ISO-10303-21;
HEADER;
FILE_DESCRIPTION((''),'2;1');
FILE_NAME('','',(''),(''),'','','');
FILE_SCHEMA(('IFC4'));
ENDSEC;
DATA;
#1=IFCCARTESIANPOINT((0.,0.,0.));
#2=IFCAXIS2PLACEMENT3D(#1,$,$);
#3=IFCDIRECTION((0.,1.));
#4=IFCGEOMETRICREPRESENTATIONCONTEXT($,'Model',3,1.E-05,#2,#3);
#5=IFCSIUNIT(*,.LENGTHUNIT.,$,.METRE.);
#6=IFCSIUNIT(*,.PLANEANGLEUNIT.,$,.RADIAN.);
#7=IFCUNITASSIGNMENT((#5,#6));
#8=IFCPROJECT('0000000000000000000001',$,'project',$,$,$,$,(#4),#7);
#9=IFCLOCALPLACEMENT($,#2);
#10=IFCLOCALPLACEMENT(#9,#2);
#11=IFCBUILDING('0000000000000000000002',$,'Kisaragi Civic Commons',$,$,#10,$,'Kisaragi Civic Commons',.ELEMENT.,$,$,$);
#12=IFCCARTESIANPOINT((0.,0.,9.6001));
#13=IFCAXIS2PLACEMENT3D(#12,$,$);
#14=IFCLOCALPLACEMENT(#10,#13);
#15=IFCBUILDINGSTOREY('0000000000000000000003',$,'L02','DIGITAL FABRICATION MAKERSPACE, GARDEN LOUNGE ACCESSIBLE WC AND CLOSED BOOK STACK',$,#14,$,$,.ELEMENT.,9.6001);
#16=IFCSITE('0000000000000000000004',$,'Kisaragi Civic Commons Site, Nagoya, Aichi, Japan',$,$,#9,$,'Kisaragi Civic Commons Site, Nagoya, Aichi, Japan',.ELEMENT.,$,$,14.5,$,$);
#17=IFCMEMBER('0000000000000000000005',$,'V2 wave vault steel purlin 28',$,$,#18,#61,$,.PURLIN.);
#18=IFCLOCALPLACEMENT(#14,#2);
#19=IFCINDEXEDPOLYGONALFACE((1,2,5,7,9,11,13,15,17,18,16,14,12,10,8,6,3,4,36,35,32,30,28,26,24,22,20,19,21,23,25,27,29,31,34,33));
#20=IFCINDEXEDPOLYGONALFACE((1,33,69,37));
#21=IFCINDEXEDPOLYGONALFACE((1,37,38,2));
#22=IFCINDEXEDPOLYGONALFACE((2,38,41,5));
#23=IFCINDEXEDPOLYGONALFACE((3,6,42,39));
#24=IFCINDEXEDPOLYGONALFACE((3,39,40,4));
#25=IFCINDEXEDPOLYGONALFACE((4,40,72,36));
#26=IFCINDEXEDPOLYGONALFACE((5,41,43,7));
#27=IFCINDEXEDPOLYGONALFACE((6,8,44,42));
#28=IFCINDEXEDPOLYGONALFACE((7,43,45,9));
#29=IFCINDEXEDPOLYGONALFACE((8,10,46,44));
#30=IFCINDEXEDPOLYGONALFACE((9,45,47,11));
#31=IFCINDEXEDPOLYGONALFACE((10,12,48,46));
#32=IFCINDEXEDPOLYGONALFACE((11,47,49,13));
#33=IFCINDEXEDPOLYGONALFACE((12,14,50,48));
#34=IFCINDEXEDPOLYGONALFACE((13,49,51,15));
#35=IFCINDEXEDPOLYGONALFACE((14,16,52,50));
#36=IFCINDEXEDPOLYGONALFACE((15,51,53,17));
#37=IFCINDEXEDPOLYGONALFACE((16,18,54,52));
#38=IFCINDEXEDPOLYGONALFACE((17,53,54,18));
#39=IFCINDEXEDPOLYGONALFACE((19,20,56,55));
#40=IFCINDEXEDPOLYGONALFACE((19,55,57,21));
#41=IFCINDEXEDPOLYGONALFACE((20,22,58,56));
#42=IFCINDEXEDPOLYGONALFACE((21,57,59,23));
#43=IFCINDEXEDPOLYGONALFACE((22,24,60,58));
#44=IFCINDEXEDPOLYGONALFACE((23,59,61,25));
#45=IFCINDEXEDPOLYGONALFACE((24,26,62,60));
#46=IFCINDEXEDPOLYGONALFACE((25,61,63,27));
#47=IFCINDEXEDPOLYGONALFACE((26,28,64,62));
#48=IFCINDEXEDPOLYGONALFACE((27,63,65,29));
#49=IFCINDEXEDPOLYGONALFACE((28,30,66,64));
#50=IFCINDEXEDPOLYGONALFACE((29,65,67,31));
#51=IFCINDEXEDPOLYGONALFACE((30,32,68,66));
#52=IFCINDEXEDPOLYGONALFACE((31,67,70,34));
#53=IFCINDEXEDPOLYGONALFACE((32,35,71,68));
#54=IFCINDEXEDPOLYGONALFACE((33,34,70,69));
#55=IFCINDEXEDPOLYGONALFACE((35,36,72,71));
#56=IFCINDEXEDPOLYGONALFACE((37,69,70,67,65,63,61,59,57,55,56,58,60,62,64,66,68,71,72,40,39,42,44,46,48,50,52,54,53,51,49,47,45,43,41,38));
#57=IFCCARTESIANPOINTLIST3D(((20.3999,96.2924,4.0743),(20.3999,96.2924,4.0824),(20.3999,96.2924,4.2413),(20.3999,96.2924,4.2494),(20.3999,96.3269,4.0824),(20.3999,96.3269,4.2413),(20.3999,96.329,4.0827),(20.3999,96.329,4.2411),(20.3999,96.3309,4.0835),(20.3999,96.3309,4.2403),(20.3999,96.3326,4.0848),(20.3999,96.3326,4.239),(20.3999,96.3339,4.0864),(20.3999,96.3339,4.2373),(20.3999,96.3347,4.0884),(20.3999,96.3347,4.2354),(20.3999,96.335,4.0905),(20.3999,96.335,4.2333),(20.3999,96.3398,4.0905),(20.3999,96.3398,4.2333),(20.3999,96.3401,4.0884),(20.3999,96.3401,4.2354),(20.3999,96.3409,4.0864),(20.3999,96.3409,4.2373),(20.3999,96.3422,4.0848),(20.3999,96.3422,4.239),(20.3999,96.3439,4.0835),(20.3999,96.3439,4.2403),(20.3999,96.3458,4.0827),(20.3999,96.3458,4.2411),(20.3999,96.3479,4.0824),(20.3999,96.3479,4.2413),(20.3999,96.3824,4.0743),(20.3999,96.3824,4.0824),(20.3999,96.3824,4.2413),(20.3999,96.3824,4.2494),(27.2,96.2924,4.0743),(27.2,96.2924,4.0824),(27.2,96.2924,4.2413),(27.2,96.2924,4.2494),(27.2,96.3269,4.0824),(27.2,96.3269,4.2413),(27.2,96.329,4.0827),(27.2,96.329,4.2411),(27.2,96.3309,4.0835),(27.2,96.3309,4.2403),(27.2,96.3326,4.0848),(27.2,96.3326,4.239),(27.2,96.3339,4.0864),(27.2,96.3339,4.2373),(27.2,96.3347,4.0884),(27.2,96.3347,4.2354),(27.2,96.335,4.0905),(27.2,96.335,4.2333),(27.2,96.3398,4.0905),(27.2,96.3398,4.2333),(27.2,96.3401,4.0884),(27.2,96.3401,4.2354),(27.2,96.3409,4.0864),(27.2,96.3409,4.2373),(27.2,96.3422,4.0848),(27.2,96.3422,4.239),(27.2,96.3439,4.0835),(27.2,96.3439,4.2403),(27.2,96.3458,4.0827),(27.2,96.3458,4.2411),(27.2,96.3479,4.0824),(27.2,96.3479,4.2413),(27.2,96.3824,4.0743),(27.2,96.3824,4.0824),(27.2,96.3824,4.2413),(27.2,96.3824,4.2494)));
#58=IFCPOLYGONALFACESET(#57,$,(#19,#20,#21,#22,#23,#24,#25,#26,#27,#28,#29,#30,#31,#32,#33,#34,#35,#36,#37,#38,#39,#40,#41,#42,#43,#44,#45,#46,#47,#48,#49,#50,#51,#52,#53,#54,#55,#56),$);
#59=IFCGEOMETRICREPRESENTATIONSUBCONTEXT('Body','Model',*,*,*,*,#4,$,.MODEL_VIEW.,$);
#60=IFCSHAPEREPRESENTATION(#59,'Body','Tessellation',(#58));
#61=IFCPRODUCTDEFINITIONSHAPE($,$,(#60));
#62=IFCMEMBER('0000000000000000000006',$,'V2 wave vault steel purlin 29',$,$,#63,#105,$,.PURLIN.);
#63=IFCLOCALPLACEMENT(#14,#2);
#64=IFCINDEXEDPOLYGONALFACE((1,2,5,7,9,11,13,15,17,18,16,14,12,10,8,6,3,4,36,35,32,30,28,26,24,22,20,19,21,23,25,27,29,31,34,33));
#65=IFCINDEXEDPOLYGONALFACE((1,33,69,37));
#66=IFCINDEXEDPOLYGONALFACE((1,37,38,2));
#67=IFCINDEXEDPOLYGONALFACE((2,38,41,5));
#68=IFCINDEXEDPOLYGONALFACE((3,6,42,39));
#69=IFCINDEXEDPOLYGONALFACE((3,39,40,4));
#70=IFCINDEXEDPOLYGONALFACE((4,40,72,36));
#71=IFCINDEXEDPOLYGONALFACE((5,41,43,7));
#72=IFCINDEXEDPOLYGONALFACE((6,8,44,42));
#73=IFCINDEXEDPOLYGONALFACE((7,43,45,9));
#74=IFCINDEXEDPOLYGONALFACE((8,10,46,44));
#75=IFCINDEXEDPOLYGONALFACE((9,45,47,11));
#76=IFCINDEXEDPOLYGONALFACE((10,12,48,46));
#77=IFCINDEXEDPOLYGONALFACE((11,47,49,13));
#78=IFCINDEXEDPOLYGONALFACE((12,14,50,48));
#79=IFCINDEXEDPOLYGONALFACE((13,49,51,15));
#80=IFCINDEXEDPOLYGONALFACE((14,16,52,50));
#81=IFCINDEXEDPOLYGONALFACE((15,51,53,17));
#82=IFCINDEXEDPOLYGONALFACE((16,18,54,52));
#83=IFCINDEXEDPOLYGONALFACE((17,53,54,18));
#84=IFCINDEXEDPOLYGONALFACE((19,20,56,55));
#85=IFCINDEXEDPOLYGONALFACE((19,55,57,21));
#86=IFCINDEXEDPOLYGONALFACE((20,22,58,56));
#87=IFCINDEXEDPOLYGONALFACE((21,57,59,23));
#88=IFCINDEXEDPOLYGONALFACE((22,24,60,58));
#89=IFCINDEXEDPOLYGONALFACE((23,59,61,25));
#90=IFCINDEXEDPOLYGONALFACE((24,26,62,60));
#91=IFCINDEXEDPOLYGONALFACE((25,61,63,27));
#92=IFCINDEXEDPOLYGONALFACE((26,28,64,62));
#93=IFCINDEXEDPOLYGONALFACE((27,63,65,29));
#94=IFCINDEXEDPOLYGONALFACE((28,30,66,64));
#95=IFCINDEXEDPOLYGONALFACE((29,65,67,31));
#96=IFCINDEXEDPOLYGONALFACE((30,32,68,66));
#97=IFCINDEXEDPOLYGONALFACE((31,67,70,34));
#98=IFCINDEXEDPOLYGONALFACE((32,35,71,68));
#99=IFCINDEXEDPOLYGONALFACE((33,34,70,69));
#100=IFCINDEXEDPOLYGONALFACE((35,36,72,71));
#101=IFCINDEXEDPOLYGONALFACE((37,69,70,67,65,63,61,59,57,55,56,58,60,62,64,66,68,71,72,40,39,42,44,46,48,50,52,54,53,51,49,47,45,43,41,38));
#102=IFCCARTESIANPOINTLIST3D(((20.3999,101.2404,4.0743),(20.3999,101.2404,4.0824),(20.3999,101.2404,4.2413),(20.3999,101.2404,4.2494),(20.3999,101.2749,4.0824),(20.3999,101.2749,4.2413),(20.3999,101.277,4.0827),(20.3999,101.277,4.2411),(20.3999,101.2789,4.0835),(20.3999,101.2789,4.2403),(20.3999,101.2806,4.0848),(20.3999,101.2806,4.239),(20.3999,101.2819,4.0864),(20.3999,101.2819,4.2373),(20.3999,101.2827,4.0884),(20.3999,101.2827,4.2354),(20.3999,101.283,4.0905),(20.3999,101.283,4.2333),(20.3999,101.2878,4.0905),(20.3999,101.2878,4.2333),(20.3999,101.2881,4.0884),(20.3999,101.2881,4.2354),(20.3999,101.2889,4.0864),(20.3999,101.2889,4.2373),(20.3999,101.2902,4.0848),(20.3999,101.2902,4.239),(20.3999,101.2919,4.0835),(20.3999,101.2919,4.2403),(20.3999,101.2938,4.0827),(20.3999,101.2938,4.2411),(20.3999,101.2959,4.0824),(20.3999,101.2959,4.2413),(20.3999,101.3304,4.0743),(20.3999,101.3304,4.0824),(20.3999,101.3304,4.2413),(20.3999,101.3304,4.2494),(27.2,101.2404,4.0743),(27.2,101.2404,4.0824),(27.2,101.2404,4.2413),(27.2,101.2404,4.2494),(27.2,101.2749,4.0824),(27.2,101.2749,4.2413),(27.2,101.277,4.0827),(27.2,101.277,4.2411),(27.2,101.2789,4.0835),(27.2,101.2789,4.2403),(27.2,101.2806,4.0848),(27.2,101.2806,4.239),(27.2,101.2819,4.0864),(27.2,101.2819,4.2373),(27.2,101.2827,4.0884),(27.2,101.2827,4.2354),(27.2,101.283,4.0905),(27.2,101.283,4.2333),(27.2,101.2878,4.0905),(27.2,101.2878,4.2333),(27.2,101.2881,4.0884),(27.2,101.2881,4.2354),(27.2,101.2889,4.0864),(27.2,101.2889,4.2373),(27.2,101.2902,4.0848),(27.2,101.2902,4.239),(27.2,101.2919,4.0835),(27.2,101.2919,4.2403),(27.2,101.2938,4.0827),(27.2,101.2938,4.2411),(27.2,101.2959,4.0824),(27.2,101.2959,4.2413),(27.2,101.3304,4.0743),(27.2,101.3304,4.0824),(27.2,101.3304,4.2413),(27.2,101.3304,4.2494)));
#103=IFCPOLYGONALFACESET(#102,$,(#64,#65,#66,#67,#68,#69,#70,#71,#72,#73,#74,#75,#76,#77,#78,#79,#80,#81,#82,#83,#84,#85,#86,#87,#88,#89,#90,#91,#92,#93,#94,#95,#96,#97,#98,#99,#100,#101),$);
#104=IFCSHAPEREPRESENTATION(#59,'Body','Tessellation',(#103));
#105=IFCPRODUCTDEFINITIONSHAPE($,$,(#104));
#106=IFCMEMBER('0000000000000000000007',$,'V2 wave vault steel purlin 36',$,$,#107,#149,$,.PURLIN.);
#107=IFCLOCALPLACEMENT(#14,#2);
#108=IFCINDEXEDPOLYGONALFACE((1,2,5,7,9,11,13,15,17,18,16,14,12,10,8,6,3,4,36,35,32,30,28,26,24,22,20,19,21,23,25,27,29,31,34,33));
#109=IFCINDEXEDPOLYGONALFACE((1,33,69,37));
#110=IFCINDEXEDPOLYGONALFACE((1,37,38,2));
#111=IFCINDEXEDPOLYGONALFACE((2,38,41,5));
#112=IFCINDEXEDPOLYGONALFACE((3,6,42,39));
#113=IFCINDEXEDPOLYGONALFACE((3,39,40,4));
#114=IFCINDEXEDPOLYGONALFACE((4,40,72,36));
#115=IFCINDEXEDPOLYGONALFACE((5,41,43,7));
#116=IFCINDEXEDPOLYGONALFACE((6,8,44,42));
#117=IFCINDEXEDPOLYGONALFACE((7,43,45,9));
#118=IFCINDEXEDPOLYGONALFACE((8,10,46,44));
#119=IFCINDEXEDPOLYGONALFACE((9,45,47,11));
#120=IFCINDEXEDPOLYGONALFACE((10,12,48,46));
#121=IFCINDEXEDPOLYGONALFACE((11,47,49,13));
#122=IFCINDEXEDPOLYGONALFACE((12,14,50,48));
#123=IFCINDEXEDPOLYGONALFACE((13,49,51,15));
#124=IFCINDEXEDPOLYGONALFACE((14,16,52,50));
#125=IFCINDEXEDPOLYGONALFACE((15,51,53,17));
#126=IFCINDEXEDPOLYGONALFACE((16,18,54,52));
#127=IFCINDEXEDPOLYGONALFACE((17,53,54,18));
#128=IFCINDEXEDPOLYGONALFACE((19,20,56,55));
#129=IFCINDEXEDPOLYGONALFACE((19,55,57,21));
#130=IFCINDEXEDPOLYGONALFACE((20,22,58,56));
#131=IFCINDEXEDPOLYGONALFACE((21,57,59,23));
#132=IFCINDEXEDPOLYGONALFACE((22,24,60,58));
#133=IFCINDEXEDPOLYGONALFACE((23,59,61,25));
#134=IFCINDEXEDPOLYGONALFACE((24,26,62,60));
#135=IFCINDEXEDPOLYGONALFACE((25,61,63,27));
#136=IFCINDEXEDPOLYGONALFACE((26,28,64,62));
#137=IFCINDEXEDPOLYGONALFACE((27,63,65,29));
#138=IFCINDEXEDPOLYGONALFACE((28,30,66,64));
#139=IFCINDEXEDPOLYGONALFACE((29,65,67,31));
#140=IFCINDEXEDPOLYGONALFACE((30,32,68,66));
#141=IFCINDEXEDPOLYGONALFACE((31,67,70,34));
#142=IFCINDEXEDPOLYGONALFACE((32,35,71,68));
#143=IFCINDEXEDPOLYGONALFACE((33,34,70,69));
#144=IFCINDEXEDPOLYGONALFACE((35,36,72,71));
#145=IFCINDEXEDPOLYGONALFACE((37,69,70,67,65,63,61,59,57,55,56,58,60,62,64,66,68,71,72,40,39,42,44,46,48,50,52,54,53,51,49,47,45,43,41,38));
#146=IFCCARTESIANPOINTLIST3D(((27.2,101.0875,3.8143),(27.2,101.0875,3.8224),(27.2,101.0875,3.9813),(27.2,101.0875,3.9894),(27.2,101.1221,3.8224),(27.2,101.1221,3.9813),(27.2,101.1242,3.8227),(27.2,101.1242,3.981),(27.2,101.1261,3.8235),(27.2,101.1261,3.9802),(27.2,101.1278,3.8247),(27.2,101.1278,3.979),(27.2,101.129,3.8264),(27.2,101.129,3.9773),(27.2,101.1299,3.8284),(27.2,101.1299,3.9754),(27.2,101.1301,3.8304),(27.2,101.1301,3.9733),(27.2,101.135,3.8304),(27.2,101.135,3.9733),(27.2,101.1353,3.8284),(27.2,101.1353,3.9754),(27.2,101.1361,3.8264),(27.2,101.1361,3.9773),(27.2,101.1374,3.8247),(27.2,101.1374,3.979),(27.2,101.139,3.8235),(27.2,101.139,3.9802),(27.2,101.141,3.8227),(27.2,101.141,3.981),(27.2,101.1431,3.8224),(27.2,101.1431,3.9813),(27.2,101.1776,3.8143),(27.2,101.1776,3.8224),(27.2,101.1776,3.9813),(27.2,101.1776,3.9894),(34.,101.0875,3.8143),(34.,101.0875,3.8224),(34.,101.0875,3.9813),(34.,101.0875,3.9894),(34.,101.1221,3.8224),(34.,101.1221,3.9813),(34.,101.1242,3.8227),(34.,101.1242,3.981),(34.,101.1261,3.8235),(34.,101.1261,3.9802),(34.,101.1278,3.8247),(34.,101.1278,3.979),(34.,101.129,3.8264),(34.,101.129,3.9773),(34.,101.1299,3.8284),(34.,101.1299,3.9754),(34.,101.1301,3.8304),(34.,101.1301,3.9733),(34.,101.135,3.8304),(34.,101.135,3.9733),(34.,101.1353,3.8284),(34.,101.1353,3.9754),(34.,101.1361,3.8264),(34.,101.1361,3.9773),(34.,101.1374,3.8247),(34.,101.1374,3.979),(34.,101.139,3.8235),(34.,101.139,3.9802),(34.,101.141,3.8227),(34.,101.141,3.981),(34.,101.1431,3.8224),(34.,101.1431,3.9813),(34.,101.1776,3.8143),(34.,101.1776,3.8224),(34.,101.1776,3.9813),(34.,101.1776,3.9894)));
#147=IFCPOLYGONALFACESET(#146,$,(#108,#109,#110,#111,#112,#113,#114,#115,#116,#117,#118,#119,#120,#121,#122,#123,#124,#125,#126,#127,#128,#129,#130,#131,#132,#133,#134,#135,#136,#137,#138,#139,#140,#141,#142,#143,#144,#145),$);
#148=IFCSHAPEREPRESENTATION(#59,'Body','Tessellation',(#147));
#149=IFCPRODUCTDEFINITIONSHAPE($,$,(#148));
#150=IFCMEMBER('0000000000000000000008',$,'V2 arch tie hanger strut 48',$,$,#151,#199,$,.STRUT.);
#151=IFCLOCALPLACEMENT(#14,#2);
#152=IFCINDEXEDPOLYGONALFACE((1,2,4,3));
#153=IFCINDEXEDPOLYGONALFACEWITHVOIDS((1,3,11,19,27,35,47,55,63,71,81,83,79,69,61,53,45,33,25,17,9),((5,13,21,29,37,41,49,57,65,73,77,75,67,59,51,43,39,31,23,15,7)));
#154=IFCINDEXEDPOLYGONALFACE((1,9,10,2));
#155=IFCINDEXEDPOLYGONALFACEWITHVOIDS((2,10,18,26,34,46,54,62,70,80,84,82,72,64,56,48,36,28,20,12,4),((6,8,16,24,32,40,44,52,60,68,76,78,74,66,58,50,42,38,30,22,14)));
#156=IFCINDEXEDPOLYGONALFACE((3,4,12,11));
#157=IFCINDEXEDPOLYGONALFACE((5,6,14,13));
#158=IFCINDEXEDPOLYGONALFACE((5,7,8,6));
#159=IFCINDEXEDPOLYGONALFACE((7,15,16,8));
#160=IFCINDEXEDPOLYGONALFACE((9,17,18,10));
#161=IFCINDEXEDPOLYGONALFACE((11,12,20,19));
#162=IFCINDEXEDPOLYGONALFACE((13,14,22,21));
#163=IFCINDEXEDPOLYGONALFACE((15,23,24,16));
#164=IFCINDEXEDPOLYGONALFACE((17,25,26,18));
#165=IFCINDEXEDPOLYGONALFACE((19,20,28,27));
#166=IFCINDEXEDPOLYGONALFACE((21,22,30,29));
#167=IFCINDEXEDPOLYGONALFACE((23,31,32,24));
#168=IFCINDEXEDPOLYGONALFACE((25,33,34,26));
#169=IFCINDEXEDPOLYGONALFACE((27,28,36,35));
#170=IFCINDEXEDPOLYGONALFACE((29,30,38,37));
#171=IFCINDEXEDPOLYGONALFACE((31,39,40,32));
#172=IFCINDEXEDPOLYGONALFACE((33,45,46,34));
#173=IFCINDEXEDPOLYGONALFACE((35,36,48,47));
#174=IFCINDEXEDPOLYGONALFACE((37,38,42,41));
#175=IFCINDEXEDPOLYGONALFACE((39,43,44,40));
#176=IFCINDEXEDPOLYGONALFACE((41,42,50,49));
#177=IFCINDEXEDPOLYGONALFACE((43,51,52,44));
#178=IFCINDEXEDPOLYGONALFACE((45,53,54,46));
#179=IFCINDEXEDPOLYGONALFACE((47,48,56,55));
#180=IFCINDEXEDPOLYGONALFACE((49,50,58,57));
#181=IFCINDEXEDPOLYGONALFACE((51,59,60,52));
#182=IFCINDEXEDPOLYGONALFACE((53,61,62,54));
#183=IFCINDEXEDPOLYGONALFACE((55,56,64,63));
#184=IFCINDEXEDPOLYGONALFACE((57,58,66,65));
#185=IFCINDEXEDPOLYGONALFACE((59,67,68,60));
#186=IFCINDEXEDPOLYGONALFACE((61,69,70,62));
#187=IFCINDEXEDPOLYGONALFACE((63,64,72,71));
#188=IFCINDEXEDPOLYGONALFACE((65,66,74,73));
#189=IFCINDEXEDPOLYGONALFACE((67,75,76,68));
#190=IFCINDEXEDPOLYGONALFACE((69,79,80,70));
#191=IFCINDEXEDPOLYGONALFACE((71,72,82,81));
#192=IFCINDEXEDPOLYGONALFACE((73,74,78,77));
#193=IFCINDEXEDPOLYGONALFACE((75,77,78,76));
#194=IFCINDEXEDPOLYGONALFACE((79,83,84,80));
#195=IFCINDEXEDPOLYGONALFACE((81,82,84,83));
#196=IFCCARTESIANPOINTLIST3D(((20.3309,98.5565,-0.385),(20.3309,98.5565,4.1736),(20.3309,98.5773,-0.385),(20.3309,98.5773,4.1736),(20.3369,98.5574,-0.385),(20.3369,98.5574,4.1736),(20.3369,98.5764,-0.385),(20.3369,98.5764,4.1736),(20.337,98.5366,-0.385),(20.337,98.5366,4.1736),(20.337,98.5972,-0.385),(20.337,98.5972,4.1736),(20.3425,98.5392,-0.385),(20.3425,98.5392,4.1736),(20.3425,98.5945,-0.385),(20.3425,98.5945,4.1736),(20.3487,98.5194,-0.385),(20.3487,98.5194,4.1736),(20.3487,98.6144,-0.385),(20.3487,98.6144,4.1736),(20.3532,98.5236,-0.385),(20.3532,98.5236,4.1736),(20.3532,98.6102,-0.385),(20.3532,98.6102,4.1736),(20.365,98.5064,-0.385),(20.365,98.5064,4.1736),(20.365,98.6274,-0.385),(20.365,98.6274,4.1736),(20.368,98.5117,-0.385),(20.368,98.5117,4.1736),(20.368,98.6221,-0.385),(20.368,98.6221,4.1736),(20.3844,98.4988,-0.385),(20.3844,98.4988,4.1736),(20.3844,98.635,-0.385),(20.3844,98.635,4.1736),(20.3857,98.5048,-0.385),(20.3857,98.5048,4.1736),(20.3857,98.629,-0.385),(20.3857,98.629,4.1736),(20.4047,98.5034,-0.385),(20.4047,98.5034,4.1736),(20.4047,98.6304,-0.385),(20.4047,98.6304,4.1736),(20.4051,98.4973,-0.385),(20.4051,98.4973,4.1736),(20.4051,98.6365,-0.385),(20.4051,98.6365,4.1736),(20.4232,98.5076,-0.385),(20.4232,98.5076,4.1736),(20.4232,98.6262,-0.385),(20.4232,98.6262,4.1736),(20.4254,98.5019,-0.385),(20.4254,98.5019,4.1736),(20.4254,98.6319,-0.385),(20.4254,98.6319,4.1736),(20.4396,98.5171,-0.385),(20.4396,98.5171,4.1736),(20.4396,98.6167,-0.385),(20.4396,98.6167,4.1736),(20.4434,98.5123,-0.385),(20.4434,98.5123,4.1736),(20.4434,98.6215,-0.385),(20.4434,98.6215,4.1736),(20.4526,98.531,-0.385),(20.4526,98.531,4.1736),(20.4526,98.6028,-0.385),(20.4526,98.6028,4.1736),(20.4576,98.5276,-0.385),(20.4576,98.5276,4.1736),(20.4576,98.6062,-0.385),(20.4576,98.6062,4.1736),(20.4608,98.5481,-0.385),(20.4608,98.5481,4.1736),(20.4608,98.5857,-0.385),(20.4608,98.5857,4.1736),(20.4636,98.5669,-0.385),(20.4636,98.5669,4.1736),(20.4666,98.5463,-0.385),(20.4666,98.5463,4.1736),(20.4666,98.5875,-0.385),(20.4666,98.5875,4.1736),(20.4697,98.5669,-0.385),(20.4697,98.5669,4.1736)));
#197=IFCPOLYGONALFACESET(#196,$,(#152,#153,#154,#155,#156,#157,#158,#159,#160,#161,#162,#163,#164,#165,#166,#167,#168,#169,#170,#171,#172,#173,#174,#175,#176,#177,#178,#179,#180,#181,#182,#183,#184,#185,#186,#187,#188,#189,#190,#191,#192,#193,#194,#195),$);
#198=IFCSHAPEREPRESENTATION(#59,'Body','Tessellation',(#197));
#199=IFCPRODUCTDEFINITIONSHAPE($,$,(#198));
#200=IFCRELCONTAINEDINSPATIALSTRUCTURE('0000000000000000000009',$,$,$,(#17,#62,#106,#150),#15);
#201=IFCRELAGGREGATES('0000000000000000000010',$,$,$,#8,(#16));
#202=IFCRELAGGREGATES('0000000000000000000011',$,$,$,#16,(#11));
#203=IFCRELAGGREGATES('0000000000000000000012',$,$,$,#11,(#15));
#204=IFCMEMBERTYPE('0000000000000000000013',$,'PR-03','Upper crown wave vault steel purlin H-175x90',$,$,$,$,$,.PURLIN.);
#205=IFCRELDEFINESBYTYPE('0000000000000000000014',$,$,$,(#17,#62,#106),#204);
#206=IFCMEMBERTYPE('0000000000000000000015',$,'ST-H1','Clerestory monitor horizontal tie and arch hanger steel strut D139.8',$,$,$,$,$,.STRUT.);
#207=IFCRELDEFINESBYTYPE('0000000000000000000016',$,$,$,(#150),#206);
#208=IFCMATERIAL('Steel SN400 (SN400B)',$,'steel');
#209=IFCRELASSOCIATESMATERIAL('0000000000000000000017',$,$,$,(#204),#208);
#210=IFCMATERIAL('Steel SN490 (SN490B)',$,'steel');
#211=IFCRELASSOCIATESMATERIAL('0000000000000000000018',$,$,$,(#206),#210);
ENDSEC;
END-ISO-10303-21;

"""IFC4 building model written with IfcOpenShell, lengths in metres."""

from ifc_helpers import new_model, si_unit, direction, frame, origin, origin_2d, place, context, subcontext, project, spatial, hollow_circle, i_section, extrude, material, material_profile, profile_set, type_object, element, save


model = new_model("IFC4")

# Units and contexts
model_context = context("Model", 3, precision=1e-05, world=origin(), true_north=direction((0.0, 1.0)))
body_context = subcontext(model_context, "Body", "Model", "MODEL_VIEW")
ifc_project = project(units=[si_unit("LENGTHUNIT", "METRE"), si_unit("PLANEANGLEUNIT", "RADIAN")], contexts=[model_context])

# Site, building, storey
site_placement = place(None, origin())
site = spatial("IfcSite", under=ifc_project, at=site_placement, Name="Kisaragi Civic Commons Site, Nagoya, Aichi, Japan", LongName="Kisaragi Civic Commons Site, Nagoya, Aichi, Japan", CompositionType="ELEMENT", RefElevation=14.5)
building_placement = place(site_placement, origin())
building = spatial("IfcBuilding", under=site, at=building_placement, Name="Kisaragi Civic Commons", LongName="Kisaragi Civic Commons", CompositionType="ELEMENT")
storey_placement = place(building_placement, frame((0.0, 0.0, 9.6001)))
storey = spatial("IfcBuildingStorey", under=building, at=storey_placement, Name="L02", Description="DIGITAL FABRICATION MAKERSPACE, GARDEN LOUNGE ACCESSIBLE WC AND CLOSED BOOK STACK", CompositionType="ELEMENT", Elevation=9.6001)

# Shared definitions
ifc_material_1 = material(Name="Steel SN400 (SN400B)", Category="steel")

# Members
ifc_material_2 = material(Name="Steel SN490 (SN490B)", Category="steel")
ifc_material_profile_1 = material_profile(ifc_material_1, i_section(OverallWidth=0.0901, OverallDepth=0.175, WebThickness=0.0049, FlangeThickness=0.0081, FilletRadius=0.0081, at=origin_2d()), Name="H-175x90x5x8", Category="steel")
ifc_profile_set_1 = profile_set([ifc_material_profile_1], Name="Steel SN400 (SN400B)")
member_type_1 = type_object("IfcMemberType", Name="PR-03", Description="Upper crown wave vault steel purlin H-175x90", PredefinedType="PURLIN", material=ifc_profile_set_1)
for number, where, z_axis, x_axis, name in (
    (1, (20.3999, 96.3374, 4.1619), (1.0, 0.0, 0.0), (0.0, 1.0, 0.0), "V2 wave vault steel purlin 28"),
    (2, (20.3999, 101.2854, 4.1619), (1.0, 0.0, 0.0), (0.0, 1.0, 0.0), "V2 wave vault steel purlin 29"),
    (3, (27.2, 101.1326, 3.9019), (1.0, 0.0, 0.0), (0.0, 1.0, 0.0), "V2 wave vault steel purlin 36"),
):
    element("IfcMember", number, at=place(storey_placement, frame(where, z_axis=z_axis, x_axis=x_axis)), inside=storey, type_object=member_type_1, Name=name, PredefinedType="PURLIN", context=body_context, shape_type="SweptSolid", body=[
        extrude(i_section(OverallWidth=0.0901, OverallDepth=0.175, WebThickness=0.0049, FlangeThickness=0.0081, FilletRadius=0.0081, at=origin_2d()), origin(), (0.0, 0.0, 1.0), 6.8),
    ])
ifc_material_profile_2 = material_profile(ifc_material_2, hollow_circle(Radius=0.0698, WallThickness=0.0061, at=origin_2d()), Name="CHS-139.8x6.0", Category="steel")
ifc_profile_set_2 = profile_set([ifc_material_profile_2], Name="Steel SN490 (SN490B)")
member_type_2 = type_object("IfcMemberType", Name="ST-H1", Description="Clerestory monitor horizontal tie and arch hanger steel strut D139.8", PredefinedType="STRUT", material=ifc_profile_set_2)
member_1_placement = place(storey_placement, frame((20.3999, 98.5669, -0.385), z_axis=(0.0, 0.0, 1.0), x_axis=(1.0, 0.0, 0.0)))
element("IfcMember", 4, at=member_1_placement, inside=storey, type_object=member_type_2, Name="V2 arch tie hanger strut 48", PredefinedType="STRUT", context=body_context, shape_type="SweptSolid", body=[
    extrude(hollow_circle(Radius=0.0698, WallThickness=0.0061, at=origin_2d()), origin(), (0.0, 0.0, 1.0), 4.5586),
])

save(model, "model.ifc")
